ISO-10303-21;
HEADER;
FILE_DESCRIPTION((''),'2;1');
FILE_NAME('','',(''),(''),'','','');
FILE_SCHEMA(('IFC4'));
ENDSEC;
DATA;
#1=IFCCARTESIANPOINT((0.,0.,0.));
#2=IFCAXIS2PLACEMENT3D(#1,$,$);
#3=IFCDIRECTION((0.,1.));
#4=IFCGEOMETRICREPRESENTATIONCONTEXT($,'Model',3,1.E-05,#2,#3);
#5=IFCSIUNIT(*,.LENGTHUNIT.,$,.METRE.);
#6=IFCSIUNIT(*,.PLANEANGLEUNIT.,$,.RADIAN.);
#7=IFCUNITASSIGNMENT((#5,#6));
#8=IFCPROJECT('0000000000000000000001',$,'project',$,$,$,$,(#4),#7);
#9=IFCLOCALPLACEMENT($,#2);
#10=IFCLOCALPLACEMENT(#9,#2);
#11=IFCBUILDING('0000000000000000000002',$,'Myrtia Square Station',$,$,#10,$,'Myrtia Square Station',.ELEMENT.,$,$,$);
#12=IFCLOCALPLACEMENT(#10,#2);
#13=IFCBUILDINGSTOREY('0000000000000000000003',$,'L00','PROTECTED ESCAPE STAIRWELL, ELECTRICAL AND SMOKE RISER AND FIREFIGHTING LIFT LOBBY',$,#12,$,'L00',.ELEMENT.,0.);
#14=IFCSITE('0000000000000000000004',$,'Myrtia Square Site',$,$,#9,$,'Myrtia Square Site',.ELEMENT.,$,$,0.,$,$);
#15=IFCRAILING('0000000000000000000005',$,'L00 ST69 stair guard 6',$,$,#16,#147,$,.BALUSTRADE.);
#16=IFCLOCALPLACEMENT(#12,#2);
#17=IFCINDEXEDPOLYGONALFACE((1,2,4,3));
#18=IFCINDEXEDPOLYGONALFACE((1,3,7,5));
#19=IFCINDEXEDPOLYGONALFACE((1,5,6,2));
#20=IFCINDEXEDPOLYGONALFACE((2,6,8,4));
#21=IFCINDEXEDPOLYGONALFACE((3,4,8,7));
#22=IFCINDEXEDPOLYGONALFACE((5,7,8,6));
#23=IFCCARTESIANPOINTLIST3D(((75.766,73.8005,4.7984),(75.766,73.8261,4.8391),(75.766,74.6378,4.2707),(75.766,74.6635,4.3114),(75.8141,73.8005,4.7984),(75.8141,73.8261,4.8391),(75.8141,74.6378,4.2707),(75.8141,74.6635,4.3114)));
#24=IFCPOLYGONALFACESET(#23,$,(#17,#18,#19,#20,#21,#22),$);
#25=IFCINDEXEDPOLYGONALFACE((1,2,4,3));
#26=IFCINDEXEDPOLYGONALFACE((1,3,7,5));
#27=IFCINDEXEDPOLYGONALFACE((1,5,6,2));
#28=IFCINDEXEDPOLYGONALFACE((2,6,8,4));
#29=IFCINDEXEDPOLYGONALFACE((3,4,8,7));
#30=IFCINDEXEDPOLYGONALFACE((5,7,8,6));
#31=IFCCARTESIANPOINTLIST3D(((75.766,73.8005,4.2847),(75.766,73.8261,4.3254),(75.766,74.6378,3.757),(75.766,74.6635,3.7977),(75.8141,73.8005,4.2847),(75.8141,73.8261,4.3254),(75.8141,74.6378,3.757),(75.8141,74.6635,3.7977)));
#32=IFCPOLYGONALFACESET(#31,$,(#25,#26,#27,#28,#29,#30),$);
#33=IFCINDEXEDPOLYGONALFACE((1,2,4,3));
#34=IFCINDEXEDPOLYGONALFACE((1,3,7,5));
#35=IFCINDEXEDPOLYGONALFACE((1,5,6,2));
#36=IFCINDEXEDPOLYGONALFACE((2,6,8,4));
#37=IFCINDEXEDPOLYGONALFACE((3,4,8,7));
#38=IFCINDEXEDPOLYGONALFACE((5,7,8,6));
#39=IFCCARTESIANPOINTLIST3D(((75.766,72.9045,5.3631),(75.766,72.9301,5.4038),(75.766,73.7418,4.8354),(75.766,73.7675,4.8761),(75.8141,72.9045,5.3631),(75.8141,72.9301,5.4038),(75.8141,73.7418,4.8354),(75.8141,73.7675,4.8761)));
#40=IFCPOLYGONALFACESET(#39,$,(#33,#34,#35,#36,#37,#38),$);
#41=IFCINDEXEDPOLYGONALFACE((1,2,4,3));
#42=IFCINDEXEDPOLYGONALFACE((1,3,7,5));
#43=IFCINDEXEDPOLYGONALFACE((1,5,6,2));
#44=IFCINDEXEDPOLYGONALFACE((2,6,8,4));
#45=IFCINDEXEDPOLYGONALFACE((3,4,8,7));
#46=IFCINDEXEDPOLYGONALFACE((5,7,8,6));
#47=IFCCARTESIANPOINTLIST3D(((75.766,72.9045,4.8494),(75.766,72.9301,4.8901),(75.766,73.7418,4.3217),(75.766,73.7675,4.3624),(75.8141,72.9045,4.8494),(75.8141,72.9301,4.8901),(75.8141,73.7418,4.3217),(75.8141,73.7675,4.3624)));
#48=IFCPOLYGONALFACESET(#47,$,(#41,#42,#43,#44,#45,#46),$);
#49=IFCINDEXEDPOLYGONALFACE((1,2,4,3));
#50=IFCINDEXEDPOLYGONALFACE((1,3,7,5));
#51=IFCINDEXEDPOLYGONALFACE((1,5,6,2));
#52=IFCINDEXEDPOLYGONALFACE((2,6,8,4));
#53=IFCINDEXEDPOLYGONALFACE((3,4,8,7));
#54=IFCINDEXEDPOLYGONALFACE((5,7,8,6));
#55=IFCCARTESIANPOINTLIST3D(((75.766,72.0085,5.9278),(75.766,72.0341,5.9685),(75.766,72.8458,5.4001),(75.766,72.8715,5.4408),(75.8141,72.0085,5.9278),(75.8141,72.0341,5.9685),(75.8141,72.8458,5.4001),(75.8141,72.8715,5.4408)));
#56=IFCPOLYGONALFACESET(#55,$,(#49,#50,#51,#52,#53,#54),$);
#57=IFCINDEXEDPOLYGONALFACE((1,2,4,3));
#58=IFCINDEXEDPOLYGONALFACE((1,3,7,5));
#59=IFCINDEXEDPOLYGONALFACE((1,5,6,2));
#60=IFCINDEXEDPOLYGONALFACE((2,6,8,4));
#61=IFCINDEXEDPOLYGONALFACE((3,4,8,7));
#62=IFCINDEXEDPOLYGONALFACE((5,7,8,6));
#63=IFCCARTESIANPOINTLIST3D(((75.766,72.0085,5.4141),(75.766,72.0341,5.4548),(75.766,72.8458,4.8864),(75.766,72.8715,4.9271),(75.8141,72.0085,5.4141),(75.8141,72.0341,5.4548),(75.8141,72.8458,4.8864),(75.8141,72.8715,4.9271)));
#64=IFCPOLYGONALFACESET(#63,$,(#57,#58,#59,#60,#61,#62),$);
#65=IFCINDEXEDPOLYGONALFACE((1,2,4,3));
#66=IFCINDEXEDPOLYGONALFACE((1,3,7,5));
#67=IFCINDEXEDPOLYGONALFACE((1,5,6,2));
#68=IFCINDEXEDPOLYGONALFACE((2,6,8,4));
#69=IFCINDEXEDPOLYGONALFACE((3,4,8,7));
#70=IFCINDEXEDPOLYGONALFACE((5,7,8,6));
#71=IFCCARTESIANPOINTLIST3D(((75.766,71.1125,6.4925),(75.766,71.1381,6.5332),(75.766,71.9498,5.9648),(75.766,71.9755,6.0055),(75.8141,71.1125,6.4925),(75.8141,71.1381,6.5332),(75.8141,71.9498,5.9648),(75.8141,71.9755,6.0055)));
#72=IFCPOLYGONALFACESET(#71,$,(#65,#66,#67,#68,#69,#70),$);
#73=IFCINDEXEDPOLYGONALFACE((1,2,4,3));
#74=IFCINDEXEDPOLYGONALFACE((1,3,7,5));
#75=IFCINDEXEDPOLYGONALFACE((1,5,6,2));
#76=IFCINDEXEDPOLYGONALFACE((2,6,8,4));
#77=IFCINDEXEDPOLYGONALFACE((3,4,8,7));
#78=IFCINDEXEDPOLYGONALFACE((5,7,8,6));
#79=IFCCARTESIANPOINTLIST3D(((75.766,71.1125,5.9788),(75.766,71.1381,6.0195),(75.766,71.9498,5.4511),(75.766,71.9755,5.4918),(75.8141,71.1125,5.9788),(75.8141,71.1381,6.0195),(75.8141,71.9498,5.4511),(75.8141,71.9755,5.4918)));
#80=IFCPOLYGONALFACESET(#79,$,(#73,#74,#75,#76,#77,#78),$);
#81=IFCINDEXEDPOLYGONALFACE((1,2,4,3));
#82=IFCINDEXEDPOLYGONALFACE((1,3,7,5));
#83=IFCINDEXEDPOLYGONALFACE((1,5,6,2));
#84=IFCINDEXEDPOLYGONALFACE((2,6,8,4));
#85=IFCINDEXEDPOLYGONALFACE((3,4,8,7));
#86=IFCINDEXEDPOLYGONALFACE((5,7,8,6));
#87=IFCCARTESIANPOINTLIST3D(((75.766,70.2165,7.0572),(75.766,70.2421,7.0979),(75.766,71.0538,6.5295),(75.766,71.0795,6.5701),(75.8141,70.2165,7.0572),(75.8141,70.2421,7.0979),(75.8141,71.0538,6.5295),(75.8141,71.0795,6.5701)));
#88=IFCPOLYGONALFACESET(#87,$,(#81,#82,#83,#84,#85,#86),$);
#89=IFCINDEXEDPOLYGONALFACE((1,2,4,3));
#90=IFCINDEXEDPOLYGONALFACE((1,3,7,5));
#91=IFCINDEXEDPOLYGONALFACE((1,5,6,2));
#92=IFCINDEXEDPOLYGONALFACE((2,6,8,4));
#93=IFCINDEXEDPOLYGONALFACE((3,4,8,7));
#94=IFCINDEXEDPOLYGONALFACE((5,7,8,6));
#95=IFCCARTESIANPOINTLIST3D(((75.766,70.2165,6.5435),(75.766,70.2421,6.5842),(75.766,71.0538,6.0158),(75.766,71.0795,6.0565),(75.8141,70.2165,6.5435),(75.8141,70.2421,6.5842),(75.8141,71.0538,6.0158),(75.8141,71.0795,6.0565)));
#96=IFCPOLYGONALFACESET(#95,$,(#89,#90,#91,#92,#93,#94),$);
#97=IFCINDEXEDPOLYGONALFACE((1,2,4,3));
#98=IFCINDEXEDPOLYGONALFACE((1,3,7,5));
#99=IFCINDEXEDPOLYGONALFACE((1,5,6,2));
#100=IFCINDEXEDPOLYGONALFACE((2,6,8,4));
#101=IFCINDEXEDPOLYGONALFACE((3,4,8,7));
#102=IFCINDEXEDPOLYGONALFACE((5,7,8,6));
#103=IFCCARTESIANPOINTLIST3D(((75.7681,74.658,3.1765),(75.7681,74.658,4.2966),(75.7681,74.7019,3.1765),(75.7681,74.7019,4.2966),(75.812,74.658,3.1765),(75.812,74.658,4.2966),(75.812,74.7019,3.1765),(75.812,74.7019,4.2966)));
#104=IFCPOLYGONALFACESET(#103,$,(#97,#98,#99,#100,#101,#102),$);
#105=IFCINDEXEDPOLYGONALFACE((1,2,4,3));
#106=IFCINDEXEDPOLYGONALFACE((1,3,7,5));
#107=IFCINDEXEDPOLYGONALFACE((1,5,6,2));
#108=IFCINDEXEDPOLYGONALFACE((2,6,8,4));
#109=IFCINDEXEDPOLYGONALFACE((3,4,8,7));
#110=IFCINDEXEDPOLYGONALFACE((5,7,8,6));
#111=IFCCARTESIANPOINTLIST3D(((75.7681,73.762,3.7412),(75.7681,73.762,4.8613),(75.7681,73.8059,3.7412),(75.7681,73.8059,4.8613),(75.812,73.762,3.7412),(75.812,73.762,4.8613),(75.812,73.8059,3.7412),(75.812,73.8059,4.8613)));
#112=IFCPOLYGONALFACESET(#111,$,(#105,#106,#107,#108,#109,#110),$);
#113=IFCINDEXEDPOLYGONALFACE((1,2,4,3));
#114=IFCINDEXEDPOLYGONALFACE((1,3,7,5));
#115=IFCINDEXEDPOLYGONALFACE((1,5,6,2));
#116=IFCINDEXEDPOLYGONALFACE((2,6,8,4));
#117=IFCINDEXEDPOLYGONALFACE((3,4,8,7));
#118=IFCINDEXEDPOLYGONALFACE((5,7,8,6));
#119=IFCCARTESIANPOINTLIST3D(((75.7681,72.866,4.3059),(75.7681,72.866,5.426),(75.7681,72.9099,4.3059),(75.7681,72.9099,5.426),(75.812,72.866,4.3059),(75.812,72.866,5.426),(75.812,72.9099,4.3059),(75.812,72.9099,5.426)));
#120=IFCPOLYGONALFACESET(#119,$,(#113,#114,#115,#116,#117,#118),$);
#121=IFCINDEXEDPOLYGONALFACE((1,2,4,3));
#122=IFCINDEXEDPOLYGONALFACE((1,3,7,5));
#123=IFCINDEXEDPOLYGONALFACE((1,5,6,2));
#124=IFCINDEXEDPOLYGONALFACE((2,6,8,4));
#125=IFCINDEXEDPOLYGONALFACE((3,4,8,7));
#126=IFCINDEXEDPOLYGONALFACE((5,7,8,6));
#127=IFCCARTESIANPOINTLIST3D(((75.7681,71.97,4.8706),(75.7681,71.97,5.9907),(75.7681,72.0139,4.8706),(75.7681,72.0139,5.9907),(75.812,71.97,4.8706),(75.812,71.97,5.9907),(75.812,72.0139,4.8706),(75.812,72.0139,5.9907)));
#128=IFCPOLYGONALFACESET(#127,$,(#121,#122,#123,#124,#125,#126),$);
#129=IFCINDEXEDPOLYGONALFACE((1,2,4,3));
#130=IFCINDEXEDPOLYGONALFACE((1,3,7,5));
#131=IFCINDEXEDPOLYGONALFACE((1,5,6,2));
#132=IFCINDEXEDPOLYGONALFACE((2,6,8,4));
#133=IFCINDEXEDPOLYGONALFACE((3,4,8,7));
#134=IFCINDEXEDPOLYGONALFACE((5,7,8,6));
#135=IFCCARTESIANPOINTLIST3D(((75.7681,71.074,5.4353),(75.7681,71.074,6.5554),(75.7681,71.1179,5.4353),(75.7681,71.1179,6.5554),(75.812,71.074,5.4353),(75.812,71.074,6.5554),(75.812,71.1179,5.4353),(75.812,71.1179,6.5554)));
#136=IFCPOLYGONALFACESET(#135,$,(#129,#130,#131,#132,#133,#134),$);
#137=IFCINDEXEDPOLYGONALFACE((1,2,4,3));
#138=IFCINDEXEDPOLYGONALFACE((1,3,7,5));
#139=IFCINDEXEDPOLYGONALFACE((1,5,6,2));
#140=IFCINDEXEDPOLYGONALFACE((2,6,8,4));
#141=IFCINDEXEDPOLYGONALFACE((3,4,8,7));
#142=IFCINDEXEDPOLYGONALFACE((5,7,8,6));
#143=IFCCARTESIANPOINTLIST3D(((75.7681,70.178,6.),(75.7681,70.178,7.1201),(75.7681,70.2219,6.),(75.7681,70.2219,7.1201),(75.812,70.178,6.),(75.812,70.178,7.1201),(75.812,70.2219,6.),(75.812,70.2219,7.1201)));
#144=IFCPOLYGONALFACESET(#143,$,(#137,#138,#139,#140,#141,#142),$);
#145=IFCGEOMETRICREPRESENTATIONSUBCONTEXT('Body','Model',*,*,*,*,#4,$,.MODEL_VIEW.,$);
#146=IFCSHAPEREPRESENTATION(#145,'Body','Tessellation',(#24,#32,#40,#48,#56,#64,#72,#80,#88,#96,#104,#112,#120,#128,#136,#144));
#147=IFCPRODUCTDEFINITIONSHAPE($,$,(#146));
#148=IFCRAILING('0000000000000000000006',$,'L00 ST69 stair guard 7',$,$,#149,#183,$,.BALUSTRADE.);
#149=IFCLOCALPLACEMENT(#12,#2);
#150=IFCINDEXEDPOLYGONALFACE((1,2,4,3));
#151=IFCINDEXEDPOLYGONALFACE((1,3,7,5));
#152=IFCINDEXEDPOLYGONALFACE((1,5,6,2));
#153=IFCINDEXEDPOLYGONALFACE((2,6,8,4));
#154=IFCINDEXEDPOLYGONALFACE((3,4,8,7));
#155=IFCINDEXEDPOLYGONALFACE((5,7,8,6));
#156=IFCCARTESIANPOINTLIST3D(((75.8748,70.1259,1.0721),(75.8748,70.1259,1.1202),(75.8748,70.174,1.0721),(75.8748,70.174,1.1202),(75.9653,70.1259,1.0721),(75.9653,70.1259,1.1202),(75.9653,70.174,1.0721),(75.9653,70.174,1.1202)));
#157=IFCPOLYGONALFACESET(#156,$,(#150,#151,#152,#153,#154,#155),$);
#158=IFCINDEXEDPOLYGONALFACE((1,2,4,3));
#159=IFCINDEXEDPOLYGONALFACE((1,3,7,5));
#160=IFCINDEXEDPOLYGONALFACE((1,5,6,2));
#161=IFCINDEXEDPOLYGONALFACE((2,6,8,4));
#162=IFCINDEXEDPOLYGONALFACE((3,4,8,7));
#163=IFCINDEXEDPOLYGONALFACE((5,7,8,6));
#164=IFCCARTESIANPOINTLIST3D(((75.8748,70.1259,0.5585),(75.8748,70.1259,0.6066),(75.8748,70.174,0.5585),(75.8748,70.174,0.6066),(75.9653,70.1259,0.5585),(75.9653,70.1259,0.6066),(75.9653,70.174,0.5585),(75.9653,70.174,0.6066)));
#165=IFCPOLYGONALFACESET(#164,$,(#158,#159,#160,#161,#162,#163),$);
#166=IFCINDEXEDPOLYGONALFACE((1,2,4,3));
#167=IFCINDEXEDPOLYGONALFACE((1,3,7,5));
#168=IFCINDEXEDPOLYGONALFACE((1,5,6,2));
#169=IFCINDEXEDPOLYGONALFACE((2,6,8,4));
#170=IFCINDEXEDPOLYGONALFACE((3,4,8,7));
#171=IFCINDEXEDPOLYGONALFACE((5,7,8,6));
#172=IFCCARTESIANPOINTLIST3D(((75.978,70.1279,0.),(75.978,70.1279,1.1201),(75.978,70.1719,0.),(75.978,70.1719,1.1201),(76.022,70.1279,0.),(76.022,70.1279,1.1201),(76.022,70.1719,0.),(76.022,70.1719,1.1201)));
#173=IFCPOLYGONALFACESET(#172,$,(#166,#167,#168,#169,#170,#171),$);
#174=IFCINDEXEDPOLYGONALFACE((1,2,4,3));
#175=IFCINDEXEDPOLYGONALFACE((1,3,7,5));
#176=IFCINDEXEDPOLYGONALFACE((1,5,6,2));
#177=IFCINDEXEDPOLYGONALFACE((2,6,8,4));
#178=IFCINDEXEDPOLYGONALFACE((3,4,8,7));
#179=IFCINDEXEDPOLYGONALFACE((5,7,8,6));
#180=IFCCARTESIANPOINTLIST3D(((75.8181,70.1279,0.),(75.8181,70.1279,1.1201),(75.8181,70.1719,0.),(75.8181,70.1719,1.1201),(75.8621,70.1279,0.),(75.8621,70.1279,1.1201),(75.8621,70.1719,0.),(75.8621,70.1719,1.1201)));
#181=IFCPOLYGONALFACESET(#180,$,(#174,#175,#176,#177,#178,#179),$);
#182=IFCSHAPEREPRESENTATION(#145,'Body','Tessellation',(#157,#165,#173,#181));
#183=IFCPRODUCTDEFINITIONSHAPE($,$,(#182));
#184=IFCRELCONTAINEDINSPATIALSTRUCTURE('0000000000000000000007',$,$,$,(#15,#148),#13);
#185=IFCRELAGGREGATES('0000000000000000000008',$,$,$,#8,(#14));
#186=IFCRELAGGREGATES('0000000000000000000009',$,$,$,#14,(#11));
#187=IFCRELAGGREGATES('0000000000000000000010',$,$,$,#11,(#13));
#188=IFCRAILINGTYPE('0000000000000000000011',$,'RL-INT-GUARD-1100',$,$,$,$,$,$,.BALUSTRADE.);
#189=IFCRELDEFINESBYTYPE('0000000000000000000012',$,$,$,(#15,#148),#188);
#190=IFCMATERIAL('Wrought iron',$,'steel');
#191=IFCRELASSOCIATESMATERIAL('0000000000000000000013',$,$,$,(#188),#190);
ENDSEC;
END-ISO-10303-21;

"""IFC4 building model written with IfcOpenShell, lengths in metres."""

from ifc_helpers import new_model, si_unit, direction, frame, origin, origin_2d, place, context, subcontext, project, spatial, rectangle, extrude, material, type_object, element, save


model = new_model("IFC4")

# Units and contexts
model_context = context("Model", 3, precision=1e-05, world=origin(), true_north=direction((0.0, 1.0)))
body_context = subcontext(model_context, "Body", "Model", "MODEL_VIEW")
ifc_project = project(units=[si_unit("LENGTHUNIT", "METRE"), si_unit("PLANEANGLEUNIT", "RADIAN")], contexts=[model_context])

# Site, building, storey
site_placement = place(None, origin())
site = spatial("IfcSite", under=ifc_project, at=site_placement, Name="Myrtia Square Site", LongName="Myrtia Square Site", CompositionType="ELEMENT", RefElevation=0.0)
building_placement = place(site_placement, origin())
building = spatial("IfcBuilding", under=site, at=building_placement, Name="Myrtia Square Station", LongName="Myrtia Square Station", CompositionType="ELEMENT")
storey_placement = place(building_placement, origin())
storey = spatial("IfcBuildingStorey", under=building, at=storey_placement, Name="L00", Description="PROTECTED ESCAPE STAIRWELL, ELECTRICAL AND SMOKE RISER AND FIREFIGHTING LIFT LOBBY", LongName="L00", CompositionType="ELEMENT", Elevation=0.0)

# Railings
ifc_material_1 = material(Name="Wrought iron", Category="steel")
railing_type_1 = type_object("IfcRailingType", Name="RL-INT-GUARD-1100", PredefinedType="BALUSTRADE", material=ifc_material_1)
railing_1_placement = place(storey_placement, frame((75.79, 74.6799, 3.1765)))
element("IfcRailing", 1, at=railing_1_placement, inside=storey, type_object=railing_type_1, Name="L00 ST69 stair guard 6", PredefinedType="BALUSTRADE", context=body_context, shape_type="SweptSolid", body=[
    extrude(rectangle(XDim=0.0481, YDim=0.0481, at=origin_2d()), frame((0.0, -0.0293, 1.1145), z_axis=(0.0, -0.845998, 0.533186), x_axis=(1.0, 0.0, 0.0)), (0.0, 0.0, 1.0), 0.9897),
    extrude(rectangle(XDim=0.0481, YDim=0.0481, at=origin_2d()), frame((0.0, -0.0293, 0.6008), z_axis=(0.0, -0.845998, 0.533186), x_axis=(1.0, 0.0, 0.0)), (0.0, 0.0, 1.0), 0.9897),
    extrude(rectangle(XDim=0.0481, YDim=0.0481, at=origin_2d()), frame((0.0, -0.9253, 1.6792), z_axis=(0.0, -0.845998, 0.533186), x_axis=(1.0, 0.0, 0.0)), (0.0, 0.0, 1.0), 0.9897),
    extrude(rectangle(XDim=0.0481, YDim=0.0481, at=origin_2d()), frame((0.0, -0.9253, 1.1655), z_axis=(0.0, -0.845998, 0.533186), x_axis=(1.0, 0.0, 0.0)), (0.0, 0.0, 1.0), 0.9897),
    extrude(rectangle(XDim=0.0481, YDim=0.0481, at=origin_2d()), frame((0.0, -1.8213, 2.2439), z_axis=(0.0, -0.845998, 0.533186), x_axis=(1.0, 0.0, 0.0)), (0.0, 0.0, 1.0), 0.9897),
    extrude(rectangle(XDim=0.0481, YDim=0.0481, at=origin_2d()), frame((0.0, -1.8213, 1.7302), z_axis=(0.0, -0.845998, 0.533186), x_axis=(1.0, 0.0, 0.0)), (0.0, 0.0, 1.0), 0.9897),
    extrude(rectangle(XDim=0.0481, YDim=0.0481, at=origin_2d()), frame((0.0, -2.7173, 2.8086), z_axis=(0.0, -0.845998, 0.533186), x_axis=(1.0, 0.0, 0.0)), (0.0, 0.0, 1.0), 0.9897),
    extrude(rectangle(XDim=0.0481, YDim=0.0481, at=origin_2d()), frame((0.0, -2.7173, 2.2949), z_axis=(0.0, -0.845998, 0.533186), x_axis=(1.0, 0.0, 0.0)), (0.0, 0.0, 1.0), 0.9897),
    extrude(rectangle(XDim=0.0481, YDim=0.0481, at=origin_2d()), frame((0.0, -3.6133, 3.3733), z_axis=(0.0, -0.845998, 0.533186), x_axis=(1.0, 0.0, 0.0)), (0.0, 0.0, 1.0), 0.9897),
    extrude(rectangle(XDim=0.0481, YDim=0.0481, at=origin_2d()), frame((0.0, -3.6133, 2.8596), z_axis=(0.0, -0.845998, 0.533186), x_axis=(1.0, 0.0, 0.0)), (0.0, 0.0, 1.0), 0.9897),
    extrude(rectangle(XDim=0.0439, YDim=0.0439, at=origin_2d()), origin(), (0.0, 0.0, 1.0), 1.1201),
    extrude(rectangle(XDim=0.0439, YDim=0.0439, at=origin_2d()), frame((0.0, -0.896, 0.5647)), (0.0, 0.0, 1.0), 1.1201),
    extrude(rectangle(XDim=0.0439, YDim=0.0439, at=origin_2d()), frame((0.0, -1.792, 1.1294)), (0.0, 0.0, 1.0), 1.1201),
    extrude(rectangle(XDim=0.0439, YDim=0.0439, at=origin_2d()), frame((0.0, -2.688, 1.6941)), (0.0, 0.0, 1.0), 1.1201),
    extrude(rectangle(XDim=0.0439, YDim=0.0439, at=origin_2d()), frame((0.0, -3.584, 2.2588)), (0.0, 0.0, 1.0), 1.1201),
    extrude(rectangle(XDim=0.0439, YDim=0.0439, at=origin_2d()), frame((0.0, -4.48, 2.8235)), (0.0, 0.0, 1.0), 1.1201),
])
railing_2_placement = place(storey_placement, frame((76.0, 70.1499, 0.0)))
element("IfcRailing", 2, at=railing_2_placement, inside=storey, type_object=railing_type_1, Name="L00 ST69 stair guard 7", PredefinedType="BALUSTRADE", context=body_context, shape_type="SweptSolid", body=[
    extrude(rectangle(XDim=0.0481, YDim=0.0481, at=origin_2d()), frame((-0.0347, 0.0, 1.0962), z_axis=(-1.0, 0.0, 0.0), x_axis=(0.0, -1.0, 0.0)), (0.0, 0.0, 1.0), 0.0906),
    extrude(rectangle(XDim=0.0481, YDim=0.0481, at=origin_2d()), frame((-0.0347, 0.0, 0.5825), z_axis=(-1.0, 0.0, 0.0), x_axis=(0.0, -1.0, 0.0)), (0.0, 0.0, 1.0), 0.0906),
    extrude(rectangle(XDim=0.0439, YDim=0.0439, at=origin_2d()), origin(), (0.0, 0.0, 1.0), 1.1201),
    extrude(rectangle(XDim=0.0439, YDim=0.0439, at=origin_2d()), frame((-0.1599, 0.0, 0.0)), (0.0, 0.0, 1.0), 1.1201),
])

save(model, "model.ifc")
